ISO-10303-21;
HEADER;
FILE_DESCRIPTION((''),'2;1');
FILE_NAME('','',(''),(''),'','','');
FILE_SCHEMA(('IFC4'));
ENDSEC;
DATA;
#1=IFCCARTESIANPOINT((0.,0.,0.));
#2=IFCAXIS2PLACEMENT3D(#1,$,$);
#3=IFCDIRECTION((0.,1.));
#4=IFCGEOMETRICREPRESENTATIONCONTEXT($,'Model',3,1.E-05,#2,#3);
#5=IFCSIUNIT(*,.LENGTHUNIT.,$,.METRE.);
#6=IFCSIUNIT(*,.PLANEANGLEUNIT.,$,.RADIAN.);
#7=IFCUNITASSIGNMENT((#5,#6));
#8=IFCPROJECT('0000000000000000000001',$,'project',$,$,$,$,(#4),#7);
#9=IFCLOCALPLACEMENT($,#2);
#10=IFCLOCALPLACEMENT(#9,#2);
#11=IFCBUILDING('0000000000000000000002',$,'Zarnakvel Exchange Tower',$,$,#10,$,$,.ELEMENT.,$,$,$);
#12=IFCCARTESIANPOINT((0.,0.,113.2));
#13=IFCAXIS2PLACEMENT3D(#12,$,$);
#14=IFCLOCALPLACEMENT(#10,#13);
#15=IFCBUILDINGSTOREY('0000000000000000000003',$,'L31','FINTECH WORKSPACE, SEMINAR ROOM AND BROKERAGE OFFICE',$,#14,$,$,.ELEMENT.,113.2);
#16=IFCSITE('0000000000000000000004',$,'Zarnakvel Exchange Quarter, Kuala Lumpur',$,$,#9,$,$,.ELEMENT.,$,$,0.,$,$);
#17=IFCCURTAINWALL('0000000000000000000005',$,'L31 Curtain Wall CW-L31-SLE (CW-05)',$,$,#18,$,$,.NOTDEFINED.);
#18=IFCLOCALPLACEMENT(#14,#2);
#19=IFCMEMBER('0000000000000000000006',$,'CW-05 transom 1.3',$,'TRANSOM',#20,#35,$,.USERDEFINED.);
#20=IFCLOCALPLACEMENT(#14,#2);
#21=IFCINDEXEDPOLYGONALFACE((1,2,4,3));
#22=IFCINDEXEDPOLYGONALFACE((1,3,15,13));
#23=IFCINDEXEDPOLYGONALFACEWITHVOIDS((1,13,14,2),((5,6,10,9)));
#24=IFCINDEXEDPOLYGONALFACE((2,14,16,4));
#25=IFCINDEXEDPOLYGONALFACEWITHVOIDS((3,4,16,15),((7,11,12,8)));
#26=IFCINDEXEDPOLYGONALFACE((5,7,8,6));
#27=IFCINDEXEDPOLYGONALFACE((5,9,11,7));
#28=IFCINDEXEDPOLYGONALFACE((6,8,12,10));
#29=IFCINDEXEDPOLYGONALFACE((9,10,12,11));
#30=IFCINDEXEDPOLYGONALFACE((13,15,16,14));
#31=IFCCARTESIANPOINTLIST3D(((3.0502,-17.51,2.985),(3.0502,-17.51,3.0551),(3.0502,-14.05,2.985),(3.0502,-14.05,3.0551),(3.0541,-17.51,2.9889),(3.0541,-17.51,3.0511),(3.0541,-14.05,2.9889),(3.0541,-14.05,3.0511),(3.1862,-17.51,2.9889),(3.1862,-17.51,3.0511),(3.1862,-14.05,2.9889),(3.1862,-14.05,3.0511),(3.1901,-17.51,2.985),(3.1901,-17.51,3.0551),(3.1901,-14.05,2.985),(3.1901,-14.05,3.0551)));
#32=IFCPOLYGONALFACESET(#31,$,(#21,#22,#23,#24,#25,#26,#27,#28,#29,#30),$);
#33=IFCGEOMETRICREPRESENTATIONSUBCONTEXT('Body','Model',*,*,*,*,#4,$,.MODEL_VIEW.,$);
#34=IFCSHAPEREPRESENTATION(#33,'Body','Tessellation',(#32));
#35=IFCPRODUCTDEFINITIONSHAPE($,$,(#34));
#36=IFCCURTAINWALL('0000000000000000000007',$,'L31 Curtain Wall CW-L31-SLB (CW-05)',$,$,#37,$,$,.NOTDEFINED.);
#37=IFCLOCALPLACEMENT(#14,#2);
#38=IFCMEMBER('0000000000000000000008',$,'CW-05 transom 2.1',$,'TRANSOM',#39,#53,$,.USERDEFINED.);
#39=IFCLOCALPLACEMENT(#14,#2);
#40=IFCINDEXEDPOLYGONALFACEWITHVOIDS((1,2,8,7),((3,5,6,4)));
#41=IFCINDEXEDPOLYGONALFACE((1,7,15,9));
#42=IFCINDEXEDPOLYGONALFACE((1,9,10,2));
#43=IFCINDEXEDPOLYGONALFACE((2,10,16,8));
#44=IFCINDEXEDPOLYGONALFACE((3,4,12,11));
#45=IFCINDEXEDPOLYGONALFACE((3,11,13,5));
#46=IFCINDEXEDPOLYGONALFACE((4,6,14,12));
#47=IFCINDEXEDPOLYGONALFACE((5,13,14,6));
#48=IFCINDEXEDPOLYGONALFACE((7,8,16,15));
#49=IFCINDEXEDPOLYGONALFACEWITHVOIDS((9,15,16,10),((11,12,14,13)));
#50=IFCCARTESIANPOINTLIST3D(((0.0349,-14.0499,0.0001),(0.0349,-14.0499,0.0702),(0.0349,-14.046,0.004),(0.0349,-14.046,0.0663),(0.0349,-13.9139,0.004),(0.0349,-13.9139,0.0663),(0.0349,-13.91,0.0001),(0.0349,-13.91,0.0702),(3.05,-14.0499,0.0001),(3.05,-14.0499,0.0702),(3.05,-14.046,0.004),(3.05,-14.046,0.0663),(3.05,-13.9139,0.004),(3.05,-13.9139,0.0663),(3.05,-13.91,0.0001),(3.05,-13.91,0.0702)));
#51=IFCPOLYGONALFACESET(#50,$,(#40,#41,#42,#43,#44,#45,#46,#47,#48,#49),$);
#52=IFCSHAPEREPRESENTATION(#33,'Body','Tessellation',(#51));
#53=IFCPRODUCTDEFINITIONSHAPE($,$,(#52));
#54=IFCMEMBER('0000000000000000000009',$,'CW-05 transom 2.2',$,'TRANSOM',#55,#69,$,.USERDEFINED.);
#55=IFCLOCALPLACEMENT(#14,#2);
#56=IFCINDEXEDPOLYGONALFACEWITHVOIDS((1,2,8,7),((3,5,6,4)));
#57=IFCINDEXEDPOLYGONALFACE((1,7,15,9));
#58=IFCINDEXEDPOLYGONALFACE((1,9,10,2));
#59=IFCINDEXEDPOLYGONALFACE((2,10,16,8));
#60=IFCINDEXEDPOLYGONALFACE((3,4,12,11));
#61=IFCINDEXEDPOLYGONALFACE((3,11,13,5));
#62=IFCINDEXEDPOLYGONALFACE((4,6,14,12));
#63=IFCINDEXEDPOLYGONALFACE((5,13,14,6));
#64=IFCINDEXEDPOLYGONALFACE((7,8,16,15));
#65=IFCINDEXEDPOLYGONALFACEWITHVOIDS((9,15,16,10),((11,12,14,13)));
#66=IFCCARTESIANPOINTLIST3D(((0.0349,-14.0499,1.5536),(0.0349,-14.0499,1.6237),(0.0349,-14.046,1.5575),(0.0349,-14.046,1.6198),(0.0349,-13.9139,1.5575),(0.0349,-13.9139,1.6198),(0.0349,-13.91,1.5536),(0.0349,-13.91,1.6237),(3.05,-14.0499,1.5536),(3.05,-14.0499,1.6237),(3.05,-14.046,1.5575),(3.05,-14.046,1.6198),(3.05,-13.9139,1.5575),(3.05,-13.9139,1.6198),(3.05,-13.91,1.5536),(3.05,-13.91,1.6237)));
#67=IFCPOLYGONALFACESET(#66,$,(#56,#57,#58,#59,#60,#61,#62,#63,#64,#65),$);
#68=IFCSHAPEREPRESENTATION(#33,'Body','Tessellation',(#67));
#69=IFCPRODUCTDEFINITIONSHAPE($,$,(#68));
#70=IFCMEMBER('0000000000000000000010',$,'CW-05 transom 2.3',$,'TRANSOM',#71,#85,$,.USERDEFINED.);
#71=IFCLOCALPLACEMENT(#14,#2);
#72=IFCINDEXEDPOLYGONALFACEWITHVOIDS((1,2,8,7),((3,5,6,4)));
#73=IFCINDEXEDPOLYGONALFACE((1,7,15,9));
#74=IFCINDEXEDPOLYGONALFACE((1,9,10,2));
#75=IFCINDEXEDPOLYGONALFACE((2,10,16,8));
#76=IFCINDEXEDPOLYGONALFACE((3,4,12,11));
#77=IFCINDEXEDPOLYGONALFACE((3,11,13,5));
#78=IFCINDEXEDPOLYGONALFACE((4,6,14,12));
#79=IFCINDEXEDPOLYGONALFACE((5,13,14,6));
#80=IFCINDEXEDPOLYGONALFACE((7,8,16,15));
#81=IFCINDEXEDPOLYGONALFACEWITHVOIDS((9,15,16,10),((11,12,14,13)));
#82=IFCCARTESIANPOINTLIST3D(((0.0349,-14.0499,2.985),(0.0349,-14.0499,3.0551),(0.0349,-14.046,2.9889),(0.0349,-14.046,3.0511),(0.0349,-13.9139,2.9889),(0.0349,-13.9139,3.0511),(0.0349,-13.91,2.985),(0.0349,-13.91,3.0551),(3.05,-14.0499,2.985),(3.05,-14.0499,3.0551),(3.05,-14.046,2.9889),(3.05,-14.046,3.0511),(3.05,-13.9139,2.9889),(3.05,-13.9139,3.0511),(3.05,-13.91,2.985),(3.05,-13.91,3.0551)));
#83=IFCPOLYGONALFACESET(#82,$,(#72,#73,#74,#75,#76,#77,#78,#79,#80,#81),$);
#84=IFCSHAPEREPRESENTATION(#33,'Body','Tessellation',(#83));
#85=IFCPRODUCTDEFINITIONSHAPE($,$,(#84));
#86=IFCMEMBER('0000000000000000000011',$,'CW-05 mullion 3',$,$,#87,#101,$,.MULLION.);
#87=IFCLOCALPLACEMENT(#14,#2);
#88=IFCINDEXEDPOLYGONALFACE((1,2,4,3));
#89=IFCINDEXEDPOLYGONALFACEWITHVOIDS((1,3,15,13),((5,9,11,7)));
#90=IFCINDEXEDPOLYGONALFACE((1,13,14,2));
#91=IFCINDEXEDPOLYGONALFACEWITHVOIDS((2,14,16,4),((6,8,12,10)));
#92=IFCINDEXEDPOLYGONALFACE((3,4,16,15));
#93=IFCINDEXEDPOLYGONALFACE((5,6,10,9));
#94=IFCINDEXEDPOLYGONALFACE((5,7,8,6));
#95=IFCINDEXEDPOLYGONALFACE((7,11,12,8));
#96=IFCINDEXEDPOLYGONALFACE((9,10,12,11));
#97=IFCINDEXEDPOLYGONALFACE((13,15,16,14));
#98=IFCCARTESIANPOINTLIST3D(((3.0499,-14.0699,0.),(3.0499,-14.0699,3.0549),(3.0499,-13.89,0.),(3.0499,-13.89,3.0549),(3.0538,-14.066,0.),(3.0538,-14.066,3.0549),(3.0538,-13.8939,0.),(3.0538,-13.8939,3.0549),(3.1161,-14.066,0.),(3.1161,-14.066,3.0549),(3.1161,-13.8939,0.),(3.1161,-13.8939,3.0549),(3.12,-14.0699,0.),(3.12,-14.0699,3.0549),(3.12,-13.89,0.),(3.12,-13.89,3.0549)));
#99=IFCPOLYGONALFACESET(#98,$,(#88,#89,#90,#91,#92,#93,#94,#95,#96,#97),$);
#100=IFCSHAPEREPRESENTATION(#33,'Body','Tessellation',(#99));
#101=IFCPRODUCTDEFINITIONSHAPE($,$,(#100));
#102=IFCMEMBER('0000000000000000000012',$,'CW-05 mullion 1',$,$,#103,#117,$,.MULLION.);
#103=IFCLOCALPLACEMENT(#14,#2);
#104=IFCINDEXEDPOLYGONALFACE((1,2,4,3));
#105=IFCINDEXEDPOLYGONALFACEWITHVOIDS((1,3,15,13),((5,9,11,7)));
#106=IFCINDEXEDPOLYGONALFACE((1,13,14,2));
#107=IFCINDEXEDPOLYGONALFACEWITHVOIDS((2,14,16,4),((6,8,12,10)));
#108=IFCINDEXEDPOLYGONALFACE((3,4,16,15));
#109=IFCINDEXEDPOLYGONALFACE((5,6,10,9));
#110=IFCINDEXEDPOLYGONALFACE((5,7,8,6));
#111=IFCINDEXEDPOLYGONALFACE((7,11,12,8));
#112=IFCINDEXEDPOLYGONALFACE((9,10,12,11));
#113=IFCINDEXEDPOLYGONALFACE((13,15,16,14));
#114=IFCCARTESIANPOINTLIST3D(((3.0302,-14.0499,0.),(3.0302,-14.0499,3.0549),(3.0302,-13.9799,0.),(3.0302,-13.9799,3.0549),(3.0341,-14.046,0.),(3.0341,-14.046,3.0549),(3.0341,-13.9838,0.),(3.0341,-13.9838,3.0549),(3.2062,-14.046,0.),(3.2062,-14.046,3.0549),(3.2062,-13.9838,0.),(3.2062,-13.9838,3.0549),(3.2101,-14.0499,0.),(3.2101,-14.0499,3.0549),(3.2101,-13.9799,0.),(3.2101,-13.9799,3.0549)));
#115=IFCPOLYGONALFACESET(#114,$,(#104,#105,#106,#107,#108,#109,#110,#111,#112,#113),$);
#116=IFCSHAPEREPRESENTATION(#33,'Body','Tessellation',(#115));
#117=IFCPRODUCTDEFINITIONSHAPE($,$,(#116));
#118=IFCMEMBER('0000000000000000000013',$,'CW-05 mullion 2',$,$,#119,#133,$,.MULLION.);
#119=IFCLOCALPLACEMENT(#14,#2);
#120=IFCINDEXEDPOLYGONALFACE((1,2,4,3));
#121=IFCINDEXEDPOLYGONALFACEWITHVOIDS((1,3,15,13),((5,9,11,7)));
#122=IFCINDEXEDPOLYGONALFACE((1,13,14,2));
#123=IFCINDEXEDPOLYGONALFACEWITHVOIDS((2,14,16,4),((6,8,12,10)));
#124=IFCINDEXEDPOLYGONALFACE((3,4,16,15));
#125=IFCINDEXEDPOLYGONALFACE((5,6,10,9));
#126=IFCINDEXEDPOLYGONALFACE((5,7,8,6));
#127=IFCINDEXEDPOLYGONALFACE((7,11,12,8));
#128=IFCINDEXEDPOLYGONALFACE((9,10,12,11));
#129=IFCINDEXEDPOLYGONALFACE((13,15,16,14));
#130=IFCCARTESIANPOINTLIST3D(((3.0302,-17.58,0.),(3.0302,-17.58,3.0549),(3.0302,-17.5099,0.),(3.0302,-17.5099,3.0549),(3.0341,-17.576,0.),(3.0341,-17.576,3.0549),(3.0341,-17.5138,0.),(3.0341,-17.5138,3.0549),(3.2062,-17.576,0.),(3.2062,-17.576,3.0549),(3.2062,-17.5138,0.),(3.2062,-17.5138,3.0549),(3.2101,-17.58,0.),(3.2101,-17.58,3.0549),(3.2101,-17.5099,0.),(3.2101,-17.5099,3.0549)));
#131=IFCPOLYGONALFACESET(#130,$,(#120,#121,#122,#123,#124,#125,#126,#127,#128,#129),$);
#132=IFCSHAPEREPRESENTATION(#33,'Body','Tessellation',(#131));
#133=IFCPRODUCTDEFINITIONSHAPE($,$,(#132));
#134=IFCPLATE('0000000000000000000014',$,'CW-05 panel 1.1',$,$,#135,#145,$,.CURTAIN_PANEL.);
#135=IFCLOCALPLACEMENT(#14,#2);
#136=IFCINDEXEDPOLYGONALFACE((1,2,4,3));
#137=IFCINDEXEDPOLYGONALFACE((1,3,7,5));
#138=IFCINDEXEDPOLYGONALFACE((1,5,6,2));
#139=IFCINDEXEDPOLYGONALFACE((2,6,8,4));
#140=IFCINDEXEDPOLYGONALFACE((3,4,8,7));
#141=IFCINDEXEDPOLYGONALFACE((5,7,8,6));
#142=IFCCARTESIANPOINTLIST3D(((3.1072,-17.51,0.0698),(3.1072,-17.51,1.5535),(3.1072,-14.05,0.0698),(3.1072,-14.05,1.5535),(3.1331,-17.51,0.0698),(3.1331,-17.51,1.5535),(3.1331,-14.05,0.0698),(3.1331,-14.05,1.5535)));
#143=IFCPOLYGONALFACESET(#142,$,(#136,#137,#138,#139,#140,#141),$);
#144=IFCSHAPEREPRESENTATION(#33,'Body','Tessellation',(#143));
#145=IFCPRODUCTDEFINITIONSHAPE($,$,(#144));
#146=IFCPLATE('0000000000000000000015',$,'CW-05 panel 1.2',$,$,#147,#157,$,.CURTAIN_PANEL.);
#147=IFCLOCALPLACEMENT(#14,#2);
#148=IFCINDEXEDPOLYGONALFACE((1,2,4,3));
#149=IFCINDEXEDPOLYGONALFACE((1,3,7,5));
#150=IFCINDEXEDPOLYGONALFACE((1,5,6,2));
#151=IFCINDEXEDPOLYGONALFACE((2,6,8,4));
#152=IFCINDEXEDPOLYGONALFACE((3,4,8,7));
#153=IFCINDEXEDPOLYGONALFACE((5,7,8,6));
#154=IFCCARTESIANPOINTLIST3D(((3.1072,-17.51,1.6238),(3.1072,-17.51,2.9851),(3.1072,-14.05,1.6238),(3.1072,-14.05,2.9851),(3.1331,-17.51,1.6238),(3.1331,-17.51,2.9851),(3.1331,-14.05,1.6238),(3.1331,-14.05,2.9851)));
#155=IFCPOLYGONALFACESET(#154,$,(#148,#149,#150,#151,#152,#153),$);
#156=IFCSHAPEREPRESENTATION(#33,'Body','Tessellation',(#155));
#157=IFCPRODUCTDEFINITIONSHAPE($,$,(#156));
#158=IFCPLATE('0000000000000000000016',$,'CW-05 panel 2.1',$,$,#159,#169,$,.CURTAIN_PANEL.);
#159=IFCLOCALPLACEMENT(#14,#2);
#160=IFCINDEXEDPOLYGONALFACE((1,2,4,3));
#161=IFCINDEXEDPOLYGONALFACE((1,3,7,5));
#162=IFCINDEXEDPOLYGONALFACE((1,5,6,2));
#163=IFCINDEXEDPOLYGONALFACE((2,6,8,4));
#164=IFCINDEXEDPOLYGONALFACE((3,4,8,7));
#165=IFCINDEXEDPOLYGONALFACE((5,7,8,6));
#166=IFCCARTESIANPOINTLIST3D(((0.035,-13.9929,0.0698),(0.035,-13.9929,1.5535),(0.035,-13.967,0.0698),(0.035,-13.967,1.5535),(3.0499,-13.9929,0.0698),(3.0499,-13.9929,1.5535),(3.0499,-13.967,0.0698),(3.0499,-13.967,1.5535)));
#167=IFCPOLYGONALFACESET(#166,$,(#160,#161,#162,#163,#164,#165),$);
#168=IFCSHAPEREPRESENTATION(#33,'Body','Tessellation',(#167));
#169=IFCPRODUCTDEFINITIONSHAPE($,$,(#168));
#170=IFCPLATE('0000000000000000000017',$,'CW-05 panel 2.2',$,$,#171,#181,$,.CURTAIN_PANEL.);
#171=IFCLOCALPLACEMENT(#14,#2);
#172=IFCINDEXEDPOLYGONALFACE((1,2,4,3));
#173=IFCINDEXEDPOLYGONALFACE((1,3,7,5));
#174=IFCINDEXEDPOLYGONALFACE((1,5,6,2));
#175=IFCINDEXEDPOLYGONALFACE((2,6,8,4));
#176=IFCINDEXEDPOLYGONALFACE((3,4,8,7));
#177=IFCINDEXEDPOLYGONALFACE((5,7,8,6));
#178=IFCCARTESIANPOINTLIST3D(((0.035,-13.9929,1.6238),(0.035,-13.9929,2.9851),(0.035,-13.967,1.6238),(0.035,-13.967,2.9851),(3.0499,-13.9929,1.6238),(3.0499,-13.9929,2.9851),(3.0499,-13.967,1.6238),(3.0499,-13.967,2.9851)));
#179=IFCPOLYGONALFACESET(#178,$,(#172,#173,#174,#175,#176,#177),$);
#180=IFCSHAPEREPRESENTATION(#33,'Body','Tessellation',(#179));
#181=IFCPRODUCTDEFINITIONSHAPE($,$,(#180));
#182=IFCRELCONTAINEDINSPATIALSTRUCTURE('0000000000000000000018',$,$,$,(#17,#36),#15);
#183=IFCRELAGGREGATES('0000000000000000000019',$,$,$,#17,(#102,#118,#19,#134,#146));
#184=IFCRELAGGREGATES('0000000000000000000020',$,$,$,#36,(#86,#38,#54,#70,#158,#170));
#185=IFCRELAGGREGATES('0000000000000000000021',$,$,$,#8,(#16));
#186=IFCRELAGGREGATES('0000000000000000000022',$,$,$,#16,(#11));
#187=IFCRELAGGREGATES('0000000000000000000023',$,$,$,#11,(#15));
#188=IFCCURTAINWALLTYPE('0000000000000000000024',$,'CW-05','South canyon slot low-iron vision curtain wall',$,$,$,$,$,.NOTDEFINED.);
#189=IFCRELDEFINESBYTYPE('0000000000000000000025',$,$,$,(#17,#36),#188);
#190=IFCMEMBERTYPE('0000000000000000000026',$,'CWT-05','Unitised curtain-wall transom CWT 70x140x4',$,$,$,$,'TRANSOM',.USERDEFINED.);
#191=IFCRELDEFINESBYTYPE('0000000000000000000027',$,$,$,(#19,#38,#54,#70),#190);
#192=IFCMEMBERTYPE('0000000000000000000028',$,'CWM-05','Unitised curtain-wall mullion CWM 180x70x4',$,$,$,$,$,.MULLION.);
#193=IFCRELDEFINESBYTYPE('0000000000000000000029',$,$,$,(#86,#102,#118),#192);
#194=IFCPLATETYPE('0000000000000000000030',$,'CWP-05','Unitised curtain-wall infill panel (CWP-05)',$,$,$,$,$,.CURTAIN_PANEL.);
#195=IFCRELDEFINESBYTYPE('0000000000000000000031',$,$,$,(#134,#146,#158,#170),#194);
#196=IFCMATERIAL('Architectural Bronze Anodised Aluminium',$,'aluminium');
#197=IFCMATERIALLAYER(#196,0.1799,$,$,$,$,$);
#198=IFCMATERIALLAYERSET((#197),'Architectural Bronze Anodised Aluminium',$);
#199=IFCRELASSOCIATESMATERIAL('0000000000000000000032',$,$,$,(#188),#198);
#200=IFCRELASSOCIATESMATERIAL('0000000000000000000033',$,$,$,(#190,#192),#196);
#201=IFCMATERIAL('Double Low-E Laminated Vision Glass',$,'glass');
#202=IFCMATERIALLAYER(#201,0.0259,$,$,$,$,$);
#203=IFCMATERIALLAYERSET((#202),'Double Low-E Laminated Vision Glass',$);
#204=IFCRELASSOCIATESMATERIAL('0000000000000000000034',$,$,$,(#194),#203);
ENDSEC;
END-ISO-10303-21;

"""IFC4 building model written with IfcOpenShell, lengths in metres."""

from ifc_helpers import new_model, si_unit, direction, frame, origin, origin_2d, place, context, subcontext, project, spatial, rectangle, hollow_rectangle, extrude, source, transform, mapped, material, layer, layer_set, material_profile, profile_set, type_object, element, aggregate, save


model = new_model("IFC4")

# Units and contexts
model_context = context("Model", 3, precision=1e-05, world=origin(), true_north=direction((0.0, 1.0)))
body_context = subcontext(model_context, "Body", "Model", "MODEL_VIEW")
ifc_project = project(units=[si_unit("LENGTHUNIT", "METRE"), si_unit("PLANEANGLEUNIT", "RADIAN")], contexts=[model_context])

# Site, building, storey
site_placement = place(None, origin())
site = spatial("IfcSite", under=ifc_project, at=site_placement, Name="Zarnakvel Exchange Quarter, Kuala Lumpur", CompositionType="ELEMENT", RefElevation=0.0)
building_placement = place(site_placement, origin())
building = spatial("IfcBuilding", under=site, at=building_placement, Name="Zarnakvel Exchange Tower", CompositionType="ELEMENT")
storey_placement = place(building_placement, frame((0.0, 0.0, 113.2)))
storey = spatial("IfcBuildingStorey", under=building, at=storey_placement, Name="L31", Description="FINTECH WORKSPACE, SEMINAR ROOM AND BROKERAGE OFFICE", CompositionType="ELEMENT", Elevation=113.2)

# Curtain walls, members
ifc_material_1 = material(Name="Architectural Bronze Anodised Aluminium", Category="aluminium")
ifc_layer_1 = layer(ifc_material_1, 0.1799)
ifc_layer_set_1 = layer_set([ifc_layer_1], Name="Architectural Bronze Anodised Aluminium")
curtain_wall_type = type_object("IfcCurtainWallType", Name="CW-05", Description="South canyon slot low-iron vision curtain wall", PredefinedType="NOTDEFINED", material=ifc_layer_set_1)
curtain_wall_1_placement = place(storey_placement, origin())
curtain_wall_1 = element("IfcCurtainWall", 1, at=curtain_wall_1_placement, inside=storey, type_object=curtain_wall_type, Name="L31 Curtain Wall CW-L31-SLE (CW-05)", PredefinedType="NOTDEFINED")
ifc_material_profile_1 = material_profile(ifc_material_1, hollow_rectangle(XDim=0.1399, YDim=0.0701, WallThickness=0.0039, at=origin_2d()))
ifc_profile_set_1 = profile_set([ifc_material_profile_1], Name="Architectural Bronze Anodised Aluminium")
member_type_1 = type_object("IfcMemberType", Name="CWT-05", Description="Unitised curtain-wall transom CWT 70x140x4", ElementType="TRANSOM", PredefinedType="USERDEFINED", material=ifc_profile_set_1)
shared_shape_1 = source(origin(), body_context, "Body", "SweptSolid", [
    extrude(hollow_rectangle(XDim=0.1399, YDim=0.0701, WallThickness=0.0039, at=origin_2d()), origin(), (0.0, 0.0, 1.0), 3.46),
])
member_1_placement = place(storey_placement, frame((3.1201, -14.05, 3.02), z_axis=(0.0, -1.0, 0.0), x_axis=(1.0, 0.0, 0.0)))
member_1 = element("IfcMember", 2, at=member_1_placement, type_object=member_type_1, Name="CW-05 transom 1.3", ObjectType="TRANSOM", PredefinedType="USERDEFINED", context=body_context, shape_type="MappedRepresentation", body=[
    mapped(shared_shape_1, transform((0.0, 0.0, 0.0), x_axis=(1.0, 0.0, 0.0), y_axis=(0.0, 1.0, 0.0), z_axis=(0.0, 0.0, 1.0), scale=1.0)),
])
curtain_wall_2_placement = place(storey_placement, origin())
curtain_wall_2 = element("IfcCurtainWall", 3, at=curtain_wall_2_placement, inside=storey, type_object=curtain_wall_type, Name="L31 Curtain Wall CW-L31-SLB (CW-05)", PredefinedType="NOTDEFINED")
shared_shape_2 = source(origin(), body_context, "Body", "SweptSolid", [
    extrude(hollow_rectangle(XDim=0.1399, YDim=0.0701, WallThickness=0.0039, at=origin_2d()), origin(), (0.0, 0.0, 1.0), 3.0151),
])
member_2_placement = place(storey_placement, frame((0.0349, -13.98, 0.0352), z_axis=(1.0, 0.0, 0.0), x_axis=(0.0, 1.0, 0.0)))
member_2 = element("IfcMember", 4, at=member_2_placement, type_object=member_type_1, Name="CW-05 transom 2.1", ObjectType="TRANSOM", PredefinedType="USERDEFINED", context=body_context, shape_type="MappedRepresentation", body=[
    mapped(shared_shape_2, transform((0.0, 0.0, 0.0), x_axis=(1.0, 0.0, 0.0), y_axis=(0.0, 1.0, 0.0), z_axis=(0.0, 0.0, 1.0), scale=1.0)),
])
member_3_placement = place(storey_placement, frame((0.0349, -13.98, 1.5886), z_axis=(1.0, 0.0, 0.0), x_axis=(0.0, 1.0, 0.0)))
member_3 = element("IfcMember", 5, at=member_3_placement, type_object=member_type_1, Name="CW-05 transom 2.2", ObjectType="TRANSOM", PredefinedType="USERDEFINED", context=body_context, shape_type="MappedRepresentation", body=[
    mapped(shared_shape_2, transform((0.0, 0.0, 0.0), x_axis=(1.0, 0.0, 0.0), y_axis=(0.0, 1.0, 0.0), z_axis=(0.0, 0.0, 1.0), scale=1.0)),
])
member_4_placement = place(storey_placement, frame((0.0349, -13.98, 3.02), z_axis=(1.0, 0.0, 0.0), x_axis=(0.0, 1.0, 0.0)))
member_4 = element("IfcMember", 6, at=member_4_placement, type_object=member_type_1, Name="CW-05 transom 2.3", ObjectType="TRANSOM", PredefinedType="USERDEFINED", context=body_context, shape_type="MappedRepresentation", body=[
    mapped(shared_shape_2, transform((0.0, 0.0, 0.0), x_axis=(1.0, 0.0, 0.0), y_axis=(0.0, 1.0, 0.0), z_axis=(0.0, 0.0, 1.0), scale=1.0)),
])
ifc_material_profile_2 = material_profile(ifc_material_1, hollow_rectangle(XDim=0.1799, YDim=0.0701, WallThickness=0.0039, at=origin_2d()))
ifc_profile_set_2 = profile_set([ifc_material_profile_2], Name="Architectural Bronze Anodised Aluminium")
member_type_2 = type_object("IfcMemberType", Name="CWM-05", Description="Unitised curtain-wall mullion CWM 180x70x4", PredefinedType="MULLION", material=ifc_profile_set_2)
shared_shape_3 = source(origin(), body_context, "Body", "SweptSolid", [
    extrude(hollow_rectangle(XDim=0.1799, YDim=0.0701, WallThickness=0.0039, at=origin_2d()), origin(), (0.0, 0.0, 1.0), 3.0549),
])
member_5_placement = place(storey_placement, frame((3.085, -13.98, 0.0), z_axis=(0.0, 0.0, 1.0), x_axis=(0.0, 1.0, 0.0)))
member_5 = element("IfcMember", 7, at=member_5_placement, type_object=member_type_2, Name="CW-05 mullion 3", PredefinedType="MULLION", context=body_context, shape_type="MappedRepresentation", body=[
    mapped(shared_shape_3, transform((0.0, 0.0, 0.0), x_axis=(1.0, 0.0, 0.0), y_axis=(0.0, 1.0, 0.0), z_axis=(0.0, 0.0, 1.0), scale=1.0)),
])

# Members
member_6_placement = place(storey_placement, frame((3.1201, -14.0149, 0.0), z_axis=(0.0, 0.0, 1.0), x_axis=(1.0, 0.0, 0.0)))
member_6 = element("IfcMember", 8, at=member_6_placement, type_object=member_type_2, Name="CW-05 mullion 1", PredefinedType="MULLION", context=body_context, shape_type="MappedRepresentation", body=[
    mapped(shared_shape_3, transform((0.0, 0.0, 0.0), x_axis=(1.0, 0.0, 0.0), y_axis=(0.0, 1.0, 0.0), z_axis=(0.0, 0.0, 1.0), scale=1.0)),
])
member_7_placement = place(storey_placement, frame((3.1201, -17.5449, 0.0), z_axis=(0.0, 0.0, 1.0), x_axis=(1.0, 0.0, 0.0)))
member_7 = element("IfcMember", 9, at=member_7_placement, type_object=member_type_2, Name="CW-05 mullion 2", PredefinedType="MULLION", context=body_context, shape_type="MappedRepresentation", body=[
    mapped(shared_shape_3, transform((0.0, 0.0, 0.0), x_axis=(1.0, 0.0, 0.0), y_axis=(0.0, 1.0, 0.0), z_axis=(0.0, 0.0, 1.0), scale=1.0)),
])

# Plates
ifc_material_2 = material(Name="Double Low-E Laminated Vision Glass", Category="glass")
ifc_layer_2 = layer(ifc_material_2, 0.0259)
ifc_layer_set_2 = layer_set([ifc_layer_2], Name="Double Low-E Laminated Vision Glass")
plate_type = type_object("IfcPlateType", Name="CWP-05", Description="Unitised curtain-wall infill panel (CWP-05)", PredefinedType="CURTAIN_PANEL", material=ifc_layer_set_2)
shared_shape_4 = source(origin(), body_context, "Body", "SweptSolid", [
    extrude(rectangle(XDim=3.46, YDim=0.0259, at=origin_2d()), origin(), (0.0, 0.0, 1.0), 1.4836),
])
plate_1_placement = place(storey_placement, frame((3.1201, -15.78, 0.0698), z_axis=(0.0, 0.0, 1.0), x_axis=(0.0, -1.0, 0.0)))
plate_1 = element("IfcPlate", 10, at=plate_1_placement, type_object=plate_type, Name="CW-05 panel 1.1", PredefinedType="CURTAIN_PANEL", context=body_context, shape_type="MappedRepresentation", body=[
    mapped(shared_shape_4, transform((0.0, 0.0, 0.0), x_axis=(1.0, 0.0, 0.0), y_axis=(0.0, 1.0, 0.0), z_axis=(0.0, 0.0, 1.0), scale=1.0)),
])
shared_shape_5 = source(origin(), body_context, "Body", "SweptSolid", [
    extrude(rectangle(XDim=3.46, YDim=0.0259, at=origin_2d()), origin(), (0.0, 0.0, 1.0), 1.3613),
])
plate_2_placement = place(storey_placement, frame((3.1201, -15.78, 1.6238), z_axis=(0.0, 0.0, 1.0), x_axis=(0.0, -1.0, 0.0)))
plate_2 = element("IfcPlate", 11, at=plate_2_placement, type_object=plate_type, Name="CW-05 panel 1.2", PredefinedType="CURTAIN_PANEL", context=body_context, shape_type="MappedRepresentation", body=[
    mapped(shared_shape_5, transform((0.0, 0.0, 0.0), x_axis=(1.0, 0.0, 0.0), y_axis=(0.0, 1.0, 0.0), z_axis=(0.0, 0.0, 1.0), scale=1.0)),
])
aggregate(curtain_wall_1, [member_6, member_7, member_1, plate_1, plate_2])
shared_shape_6 = source(origin(), body_context, "Body", "SweptSolid", [
    extrude(rectangle(XDim=3.0149, YDim=0.0259, at=origin_2d()), origin(), (0.0, 0.0, 1.0), 1.4836),
])
plate_3_placement = place(storey_placement, frame((1.5425, -13.98, 0.0698), z_axis=(0.0, 0.0, 1.0), x_axis=(1.0, 0.0, 0.0)))
plate_3 = element("IfcPlate", 12, at=plate_3_placement, type_object=plate_type, Name="CW-05 panel 2.1", PredefinedType="CURTAIN_PANEL", context=body_context, shape_type="MappedRepresentation", body=[
    mapped(shared_shape_6, transform((0.0, 0.0, 0.0), x_axis=(1.0, 0.0, 0.0), y_axis=(0.0, 1.0, 0.0), z_axis=(0.0, 0.0, 1.0), scale=1.0)),
])
shared_shape_7 = source(origin(), body_context, "Body", "SweptSolid", [
    extrude(rectangle(XDim=3.0149, YDim=0.0259, at=origin_2d()), origin(), (0.0, 0.0, 1.0), 1.3613),
])
plate_4_placement = place(storey_placement, frame((1.5425, -13.98, 1.6238), z_axis=(0.0, 0.0, 1.0), x_axis=(1.0, 0.0, 0.0)))
plate_4 = element("IfcPlate", 13, at=plate_4_placement, type_object=plate_type, Name="CW-05 panel 2.2", PredefinedType="CURTAIN_PANEL", context=body_context, shape_type="MappedRepresentation", body=[
    mapped(shared_shape_7, transform((0.0, 0.0, 0.0), x_axis=(1.0, 0.0, 0.0), y_axis=(0.0, 1.0, 0.0), z_axis=(0.0, 0.0, 1.0), scale=1.0)),
])
aggregate(curtain_wall_2, [member_5, member_2, member_3, member_4, plate_3, plate_4])

save(model, "model.ifc")
